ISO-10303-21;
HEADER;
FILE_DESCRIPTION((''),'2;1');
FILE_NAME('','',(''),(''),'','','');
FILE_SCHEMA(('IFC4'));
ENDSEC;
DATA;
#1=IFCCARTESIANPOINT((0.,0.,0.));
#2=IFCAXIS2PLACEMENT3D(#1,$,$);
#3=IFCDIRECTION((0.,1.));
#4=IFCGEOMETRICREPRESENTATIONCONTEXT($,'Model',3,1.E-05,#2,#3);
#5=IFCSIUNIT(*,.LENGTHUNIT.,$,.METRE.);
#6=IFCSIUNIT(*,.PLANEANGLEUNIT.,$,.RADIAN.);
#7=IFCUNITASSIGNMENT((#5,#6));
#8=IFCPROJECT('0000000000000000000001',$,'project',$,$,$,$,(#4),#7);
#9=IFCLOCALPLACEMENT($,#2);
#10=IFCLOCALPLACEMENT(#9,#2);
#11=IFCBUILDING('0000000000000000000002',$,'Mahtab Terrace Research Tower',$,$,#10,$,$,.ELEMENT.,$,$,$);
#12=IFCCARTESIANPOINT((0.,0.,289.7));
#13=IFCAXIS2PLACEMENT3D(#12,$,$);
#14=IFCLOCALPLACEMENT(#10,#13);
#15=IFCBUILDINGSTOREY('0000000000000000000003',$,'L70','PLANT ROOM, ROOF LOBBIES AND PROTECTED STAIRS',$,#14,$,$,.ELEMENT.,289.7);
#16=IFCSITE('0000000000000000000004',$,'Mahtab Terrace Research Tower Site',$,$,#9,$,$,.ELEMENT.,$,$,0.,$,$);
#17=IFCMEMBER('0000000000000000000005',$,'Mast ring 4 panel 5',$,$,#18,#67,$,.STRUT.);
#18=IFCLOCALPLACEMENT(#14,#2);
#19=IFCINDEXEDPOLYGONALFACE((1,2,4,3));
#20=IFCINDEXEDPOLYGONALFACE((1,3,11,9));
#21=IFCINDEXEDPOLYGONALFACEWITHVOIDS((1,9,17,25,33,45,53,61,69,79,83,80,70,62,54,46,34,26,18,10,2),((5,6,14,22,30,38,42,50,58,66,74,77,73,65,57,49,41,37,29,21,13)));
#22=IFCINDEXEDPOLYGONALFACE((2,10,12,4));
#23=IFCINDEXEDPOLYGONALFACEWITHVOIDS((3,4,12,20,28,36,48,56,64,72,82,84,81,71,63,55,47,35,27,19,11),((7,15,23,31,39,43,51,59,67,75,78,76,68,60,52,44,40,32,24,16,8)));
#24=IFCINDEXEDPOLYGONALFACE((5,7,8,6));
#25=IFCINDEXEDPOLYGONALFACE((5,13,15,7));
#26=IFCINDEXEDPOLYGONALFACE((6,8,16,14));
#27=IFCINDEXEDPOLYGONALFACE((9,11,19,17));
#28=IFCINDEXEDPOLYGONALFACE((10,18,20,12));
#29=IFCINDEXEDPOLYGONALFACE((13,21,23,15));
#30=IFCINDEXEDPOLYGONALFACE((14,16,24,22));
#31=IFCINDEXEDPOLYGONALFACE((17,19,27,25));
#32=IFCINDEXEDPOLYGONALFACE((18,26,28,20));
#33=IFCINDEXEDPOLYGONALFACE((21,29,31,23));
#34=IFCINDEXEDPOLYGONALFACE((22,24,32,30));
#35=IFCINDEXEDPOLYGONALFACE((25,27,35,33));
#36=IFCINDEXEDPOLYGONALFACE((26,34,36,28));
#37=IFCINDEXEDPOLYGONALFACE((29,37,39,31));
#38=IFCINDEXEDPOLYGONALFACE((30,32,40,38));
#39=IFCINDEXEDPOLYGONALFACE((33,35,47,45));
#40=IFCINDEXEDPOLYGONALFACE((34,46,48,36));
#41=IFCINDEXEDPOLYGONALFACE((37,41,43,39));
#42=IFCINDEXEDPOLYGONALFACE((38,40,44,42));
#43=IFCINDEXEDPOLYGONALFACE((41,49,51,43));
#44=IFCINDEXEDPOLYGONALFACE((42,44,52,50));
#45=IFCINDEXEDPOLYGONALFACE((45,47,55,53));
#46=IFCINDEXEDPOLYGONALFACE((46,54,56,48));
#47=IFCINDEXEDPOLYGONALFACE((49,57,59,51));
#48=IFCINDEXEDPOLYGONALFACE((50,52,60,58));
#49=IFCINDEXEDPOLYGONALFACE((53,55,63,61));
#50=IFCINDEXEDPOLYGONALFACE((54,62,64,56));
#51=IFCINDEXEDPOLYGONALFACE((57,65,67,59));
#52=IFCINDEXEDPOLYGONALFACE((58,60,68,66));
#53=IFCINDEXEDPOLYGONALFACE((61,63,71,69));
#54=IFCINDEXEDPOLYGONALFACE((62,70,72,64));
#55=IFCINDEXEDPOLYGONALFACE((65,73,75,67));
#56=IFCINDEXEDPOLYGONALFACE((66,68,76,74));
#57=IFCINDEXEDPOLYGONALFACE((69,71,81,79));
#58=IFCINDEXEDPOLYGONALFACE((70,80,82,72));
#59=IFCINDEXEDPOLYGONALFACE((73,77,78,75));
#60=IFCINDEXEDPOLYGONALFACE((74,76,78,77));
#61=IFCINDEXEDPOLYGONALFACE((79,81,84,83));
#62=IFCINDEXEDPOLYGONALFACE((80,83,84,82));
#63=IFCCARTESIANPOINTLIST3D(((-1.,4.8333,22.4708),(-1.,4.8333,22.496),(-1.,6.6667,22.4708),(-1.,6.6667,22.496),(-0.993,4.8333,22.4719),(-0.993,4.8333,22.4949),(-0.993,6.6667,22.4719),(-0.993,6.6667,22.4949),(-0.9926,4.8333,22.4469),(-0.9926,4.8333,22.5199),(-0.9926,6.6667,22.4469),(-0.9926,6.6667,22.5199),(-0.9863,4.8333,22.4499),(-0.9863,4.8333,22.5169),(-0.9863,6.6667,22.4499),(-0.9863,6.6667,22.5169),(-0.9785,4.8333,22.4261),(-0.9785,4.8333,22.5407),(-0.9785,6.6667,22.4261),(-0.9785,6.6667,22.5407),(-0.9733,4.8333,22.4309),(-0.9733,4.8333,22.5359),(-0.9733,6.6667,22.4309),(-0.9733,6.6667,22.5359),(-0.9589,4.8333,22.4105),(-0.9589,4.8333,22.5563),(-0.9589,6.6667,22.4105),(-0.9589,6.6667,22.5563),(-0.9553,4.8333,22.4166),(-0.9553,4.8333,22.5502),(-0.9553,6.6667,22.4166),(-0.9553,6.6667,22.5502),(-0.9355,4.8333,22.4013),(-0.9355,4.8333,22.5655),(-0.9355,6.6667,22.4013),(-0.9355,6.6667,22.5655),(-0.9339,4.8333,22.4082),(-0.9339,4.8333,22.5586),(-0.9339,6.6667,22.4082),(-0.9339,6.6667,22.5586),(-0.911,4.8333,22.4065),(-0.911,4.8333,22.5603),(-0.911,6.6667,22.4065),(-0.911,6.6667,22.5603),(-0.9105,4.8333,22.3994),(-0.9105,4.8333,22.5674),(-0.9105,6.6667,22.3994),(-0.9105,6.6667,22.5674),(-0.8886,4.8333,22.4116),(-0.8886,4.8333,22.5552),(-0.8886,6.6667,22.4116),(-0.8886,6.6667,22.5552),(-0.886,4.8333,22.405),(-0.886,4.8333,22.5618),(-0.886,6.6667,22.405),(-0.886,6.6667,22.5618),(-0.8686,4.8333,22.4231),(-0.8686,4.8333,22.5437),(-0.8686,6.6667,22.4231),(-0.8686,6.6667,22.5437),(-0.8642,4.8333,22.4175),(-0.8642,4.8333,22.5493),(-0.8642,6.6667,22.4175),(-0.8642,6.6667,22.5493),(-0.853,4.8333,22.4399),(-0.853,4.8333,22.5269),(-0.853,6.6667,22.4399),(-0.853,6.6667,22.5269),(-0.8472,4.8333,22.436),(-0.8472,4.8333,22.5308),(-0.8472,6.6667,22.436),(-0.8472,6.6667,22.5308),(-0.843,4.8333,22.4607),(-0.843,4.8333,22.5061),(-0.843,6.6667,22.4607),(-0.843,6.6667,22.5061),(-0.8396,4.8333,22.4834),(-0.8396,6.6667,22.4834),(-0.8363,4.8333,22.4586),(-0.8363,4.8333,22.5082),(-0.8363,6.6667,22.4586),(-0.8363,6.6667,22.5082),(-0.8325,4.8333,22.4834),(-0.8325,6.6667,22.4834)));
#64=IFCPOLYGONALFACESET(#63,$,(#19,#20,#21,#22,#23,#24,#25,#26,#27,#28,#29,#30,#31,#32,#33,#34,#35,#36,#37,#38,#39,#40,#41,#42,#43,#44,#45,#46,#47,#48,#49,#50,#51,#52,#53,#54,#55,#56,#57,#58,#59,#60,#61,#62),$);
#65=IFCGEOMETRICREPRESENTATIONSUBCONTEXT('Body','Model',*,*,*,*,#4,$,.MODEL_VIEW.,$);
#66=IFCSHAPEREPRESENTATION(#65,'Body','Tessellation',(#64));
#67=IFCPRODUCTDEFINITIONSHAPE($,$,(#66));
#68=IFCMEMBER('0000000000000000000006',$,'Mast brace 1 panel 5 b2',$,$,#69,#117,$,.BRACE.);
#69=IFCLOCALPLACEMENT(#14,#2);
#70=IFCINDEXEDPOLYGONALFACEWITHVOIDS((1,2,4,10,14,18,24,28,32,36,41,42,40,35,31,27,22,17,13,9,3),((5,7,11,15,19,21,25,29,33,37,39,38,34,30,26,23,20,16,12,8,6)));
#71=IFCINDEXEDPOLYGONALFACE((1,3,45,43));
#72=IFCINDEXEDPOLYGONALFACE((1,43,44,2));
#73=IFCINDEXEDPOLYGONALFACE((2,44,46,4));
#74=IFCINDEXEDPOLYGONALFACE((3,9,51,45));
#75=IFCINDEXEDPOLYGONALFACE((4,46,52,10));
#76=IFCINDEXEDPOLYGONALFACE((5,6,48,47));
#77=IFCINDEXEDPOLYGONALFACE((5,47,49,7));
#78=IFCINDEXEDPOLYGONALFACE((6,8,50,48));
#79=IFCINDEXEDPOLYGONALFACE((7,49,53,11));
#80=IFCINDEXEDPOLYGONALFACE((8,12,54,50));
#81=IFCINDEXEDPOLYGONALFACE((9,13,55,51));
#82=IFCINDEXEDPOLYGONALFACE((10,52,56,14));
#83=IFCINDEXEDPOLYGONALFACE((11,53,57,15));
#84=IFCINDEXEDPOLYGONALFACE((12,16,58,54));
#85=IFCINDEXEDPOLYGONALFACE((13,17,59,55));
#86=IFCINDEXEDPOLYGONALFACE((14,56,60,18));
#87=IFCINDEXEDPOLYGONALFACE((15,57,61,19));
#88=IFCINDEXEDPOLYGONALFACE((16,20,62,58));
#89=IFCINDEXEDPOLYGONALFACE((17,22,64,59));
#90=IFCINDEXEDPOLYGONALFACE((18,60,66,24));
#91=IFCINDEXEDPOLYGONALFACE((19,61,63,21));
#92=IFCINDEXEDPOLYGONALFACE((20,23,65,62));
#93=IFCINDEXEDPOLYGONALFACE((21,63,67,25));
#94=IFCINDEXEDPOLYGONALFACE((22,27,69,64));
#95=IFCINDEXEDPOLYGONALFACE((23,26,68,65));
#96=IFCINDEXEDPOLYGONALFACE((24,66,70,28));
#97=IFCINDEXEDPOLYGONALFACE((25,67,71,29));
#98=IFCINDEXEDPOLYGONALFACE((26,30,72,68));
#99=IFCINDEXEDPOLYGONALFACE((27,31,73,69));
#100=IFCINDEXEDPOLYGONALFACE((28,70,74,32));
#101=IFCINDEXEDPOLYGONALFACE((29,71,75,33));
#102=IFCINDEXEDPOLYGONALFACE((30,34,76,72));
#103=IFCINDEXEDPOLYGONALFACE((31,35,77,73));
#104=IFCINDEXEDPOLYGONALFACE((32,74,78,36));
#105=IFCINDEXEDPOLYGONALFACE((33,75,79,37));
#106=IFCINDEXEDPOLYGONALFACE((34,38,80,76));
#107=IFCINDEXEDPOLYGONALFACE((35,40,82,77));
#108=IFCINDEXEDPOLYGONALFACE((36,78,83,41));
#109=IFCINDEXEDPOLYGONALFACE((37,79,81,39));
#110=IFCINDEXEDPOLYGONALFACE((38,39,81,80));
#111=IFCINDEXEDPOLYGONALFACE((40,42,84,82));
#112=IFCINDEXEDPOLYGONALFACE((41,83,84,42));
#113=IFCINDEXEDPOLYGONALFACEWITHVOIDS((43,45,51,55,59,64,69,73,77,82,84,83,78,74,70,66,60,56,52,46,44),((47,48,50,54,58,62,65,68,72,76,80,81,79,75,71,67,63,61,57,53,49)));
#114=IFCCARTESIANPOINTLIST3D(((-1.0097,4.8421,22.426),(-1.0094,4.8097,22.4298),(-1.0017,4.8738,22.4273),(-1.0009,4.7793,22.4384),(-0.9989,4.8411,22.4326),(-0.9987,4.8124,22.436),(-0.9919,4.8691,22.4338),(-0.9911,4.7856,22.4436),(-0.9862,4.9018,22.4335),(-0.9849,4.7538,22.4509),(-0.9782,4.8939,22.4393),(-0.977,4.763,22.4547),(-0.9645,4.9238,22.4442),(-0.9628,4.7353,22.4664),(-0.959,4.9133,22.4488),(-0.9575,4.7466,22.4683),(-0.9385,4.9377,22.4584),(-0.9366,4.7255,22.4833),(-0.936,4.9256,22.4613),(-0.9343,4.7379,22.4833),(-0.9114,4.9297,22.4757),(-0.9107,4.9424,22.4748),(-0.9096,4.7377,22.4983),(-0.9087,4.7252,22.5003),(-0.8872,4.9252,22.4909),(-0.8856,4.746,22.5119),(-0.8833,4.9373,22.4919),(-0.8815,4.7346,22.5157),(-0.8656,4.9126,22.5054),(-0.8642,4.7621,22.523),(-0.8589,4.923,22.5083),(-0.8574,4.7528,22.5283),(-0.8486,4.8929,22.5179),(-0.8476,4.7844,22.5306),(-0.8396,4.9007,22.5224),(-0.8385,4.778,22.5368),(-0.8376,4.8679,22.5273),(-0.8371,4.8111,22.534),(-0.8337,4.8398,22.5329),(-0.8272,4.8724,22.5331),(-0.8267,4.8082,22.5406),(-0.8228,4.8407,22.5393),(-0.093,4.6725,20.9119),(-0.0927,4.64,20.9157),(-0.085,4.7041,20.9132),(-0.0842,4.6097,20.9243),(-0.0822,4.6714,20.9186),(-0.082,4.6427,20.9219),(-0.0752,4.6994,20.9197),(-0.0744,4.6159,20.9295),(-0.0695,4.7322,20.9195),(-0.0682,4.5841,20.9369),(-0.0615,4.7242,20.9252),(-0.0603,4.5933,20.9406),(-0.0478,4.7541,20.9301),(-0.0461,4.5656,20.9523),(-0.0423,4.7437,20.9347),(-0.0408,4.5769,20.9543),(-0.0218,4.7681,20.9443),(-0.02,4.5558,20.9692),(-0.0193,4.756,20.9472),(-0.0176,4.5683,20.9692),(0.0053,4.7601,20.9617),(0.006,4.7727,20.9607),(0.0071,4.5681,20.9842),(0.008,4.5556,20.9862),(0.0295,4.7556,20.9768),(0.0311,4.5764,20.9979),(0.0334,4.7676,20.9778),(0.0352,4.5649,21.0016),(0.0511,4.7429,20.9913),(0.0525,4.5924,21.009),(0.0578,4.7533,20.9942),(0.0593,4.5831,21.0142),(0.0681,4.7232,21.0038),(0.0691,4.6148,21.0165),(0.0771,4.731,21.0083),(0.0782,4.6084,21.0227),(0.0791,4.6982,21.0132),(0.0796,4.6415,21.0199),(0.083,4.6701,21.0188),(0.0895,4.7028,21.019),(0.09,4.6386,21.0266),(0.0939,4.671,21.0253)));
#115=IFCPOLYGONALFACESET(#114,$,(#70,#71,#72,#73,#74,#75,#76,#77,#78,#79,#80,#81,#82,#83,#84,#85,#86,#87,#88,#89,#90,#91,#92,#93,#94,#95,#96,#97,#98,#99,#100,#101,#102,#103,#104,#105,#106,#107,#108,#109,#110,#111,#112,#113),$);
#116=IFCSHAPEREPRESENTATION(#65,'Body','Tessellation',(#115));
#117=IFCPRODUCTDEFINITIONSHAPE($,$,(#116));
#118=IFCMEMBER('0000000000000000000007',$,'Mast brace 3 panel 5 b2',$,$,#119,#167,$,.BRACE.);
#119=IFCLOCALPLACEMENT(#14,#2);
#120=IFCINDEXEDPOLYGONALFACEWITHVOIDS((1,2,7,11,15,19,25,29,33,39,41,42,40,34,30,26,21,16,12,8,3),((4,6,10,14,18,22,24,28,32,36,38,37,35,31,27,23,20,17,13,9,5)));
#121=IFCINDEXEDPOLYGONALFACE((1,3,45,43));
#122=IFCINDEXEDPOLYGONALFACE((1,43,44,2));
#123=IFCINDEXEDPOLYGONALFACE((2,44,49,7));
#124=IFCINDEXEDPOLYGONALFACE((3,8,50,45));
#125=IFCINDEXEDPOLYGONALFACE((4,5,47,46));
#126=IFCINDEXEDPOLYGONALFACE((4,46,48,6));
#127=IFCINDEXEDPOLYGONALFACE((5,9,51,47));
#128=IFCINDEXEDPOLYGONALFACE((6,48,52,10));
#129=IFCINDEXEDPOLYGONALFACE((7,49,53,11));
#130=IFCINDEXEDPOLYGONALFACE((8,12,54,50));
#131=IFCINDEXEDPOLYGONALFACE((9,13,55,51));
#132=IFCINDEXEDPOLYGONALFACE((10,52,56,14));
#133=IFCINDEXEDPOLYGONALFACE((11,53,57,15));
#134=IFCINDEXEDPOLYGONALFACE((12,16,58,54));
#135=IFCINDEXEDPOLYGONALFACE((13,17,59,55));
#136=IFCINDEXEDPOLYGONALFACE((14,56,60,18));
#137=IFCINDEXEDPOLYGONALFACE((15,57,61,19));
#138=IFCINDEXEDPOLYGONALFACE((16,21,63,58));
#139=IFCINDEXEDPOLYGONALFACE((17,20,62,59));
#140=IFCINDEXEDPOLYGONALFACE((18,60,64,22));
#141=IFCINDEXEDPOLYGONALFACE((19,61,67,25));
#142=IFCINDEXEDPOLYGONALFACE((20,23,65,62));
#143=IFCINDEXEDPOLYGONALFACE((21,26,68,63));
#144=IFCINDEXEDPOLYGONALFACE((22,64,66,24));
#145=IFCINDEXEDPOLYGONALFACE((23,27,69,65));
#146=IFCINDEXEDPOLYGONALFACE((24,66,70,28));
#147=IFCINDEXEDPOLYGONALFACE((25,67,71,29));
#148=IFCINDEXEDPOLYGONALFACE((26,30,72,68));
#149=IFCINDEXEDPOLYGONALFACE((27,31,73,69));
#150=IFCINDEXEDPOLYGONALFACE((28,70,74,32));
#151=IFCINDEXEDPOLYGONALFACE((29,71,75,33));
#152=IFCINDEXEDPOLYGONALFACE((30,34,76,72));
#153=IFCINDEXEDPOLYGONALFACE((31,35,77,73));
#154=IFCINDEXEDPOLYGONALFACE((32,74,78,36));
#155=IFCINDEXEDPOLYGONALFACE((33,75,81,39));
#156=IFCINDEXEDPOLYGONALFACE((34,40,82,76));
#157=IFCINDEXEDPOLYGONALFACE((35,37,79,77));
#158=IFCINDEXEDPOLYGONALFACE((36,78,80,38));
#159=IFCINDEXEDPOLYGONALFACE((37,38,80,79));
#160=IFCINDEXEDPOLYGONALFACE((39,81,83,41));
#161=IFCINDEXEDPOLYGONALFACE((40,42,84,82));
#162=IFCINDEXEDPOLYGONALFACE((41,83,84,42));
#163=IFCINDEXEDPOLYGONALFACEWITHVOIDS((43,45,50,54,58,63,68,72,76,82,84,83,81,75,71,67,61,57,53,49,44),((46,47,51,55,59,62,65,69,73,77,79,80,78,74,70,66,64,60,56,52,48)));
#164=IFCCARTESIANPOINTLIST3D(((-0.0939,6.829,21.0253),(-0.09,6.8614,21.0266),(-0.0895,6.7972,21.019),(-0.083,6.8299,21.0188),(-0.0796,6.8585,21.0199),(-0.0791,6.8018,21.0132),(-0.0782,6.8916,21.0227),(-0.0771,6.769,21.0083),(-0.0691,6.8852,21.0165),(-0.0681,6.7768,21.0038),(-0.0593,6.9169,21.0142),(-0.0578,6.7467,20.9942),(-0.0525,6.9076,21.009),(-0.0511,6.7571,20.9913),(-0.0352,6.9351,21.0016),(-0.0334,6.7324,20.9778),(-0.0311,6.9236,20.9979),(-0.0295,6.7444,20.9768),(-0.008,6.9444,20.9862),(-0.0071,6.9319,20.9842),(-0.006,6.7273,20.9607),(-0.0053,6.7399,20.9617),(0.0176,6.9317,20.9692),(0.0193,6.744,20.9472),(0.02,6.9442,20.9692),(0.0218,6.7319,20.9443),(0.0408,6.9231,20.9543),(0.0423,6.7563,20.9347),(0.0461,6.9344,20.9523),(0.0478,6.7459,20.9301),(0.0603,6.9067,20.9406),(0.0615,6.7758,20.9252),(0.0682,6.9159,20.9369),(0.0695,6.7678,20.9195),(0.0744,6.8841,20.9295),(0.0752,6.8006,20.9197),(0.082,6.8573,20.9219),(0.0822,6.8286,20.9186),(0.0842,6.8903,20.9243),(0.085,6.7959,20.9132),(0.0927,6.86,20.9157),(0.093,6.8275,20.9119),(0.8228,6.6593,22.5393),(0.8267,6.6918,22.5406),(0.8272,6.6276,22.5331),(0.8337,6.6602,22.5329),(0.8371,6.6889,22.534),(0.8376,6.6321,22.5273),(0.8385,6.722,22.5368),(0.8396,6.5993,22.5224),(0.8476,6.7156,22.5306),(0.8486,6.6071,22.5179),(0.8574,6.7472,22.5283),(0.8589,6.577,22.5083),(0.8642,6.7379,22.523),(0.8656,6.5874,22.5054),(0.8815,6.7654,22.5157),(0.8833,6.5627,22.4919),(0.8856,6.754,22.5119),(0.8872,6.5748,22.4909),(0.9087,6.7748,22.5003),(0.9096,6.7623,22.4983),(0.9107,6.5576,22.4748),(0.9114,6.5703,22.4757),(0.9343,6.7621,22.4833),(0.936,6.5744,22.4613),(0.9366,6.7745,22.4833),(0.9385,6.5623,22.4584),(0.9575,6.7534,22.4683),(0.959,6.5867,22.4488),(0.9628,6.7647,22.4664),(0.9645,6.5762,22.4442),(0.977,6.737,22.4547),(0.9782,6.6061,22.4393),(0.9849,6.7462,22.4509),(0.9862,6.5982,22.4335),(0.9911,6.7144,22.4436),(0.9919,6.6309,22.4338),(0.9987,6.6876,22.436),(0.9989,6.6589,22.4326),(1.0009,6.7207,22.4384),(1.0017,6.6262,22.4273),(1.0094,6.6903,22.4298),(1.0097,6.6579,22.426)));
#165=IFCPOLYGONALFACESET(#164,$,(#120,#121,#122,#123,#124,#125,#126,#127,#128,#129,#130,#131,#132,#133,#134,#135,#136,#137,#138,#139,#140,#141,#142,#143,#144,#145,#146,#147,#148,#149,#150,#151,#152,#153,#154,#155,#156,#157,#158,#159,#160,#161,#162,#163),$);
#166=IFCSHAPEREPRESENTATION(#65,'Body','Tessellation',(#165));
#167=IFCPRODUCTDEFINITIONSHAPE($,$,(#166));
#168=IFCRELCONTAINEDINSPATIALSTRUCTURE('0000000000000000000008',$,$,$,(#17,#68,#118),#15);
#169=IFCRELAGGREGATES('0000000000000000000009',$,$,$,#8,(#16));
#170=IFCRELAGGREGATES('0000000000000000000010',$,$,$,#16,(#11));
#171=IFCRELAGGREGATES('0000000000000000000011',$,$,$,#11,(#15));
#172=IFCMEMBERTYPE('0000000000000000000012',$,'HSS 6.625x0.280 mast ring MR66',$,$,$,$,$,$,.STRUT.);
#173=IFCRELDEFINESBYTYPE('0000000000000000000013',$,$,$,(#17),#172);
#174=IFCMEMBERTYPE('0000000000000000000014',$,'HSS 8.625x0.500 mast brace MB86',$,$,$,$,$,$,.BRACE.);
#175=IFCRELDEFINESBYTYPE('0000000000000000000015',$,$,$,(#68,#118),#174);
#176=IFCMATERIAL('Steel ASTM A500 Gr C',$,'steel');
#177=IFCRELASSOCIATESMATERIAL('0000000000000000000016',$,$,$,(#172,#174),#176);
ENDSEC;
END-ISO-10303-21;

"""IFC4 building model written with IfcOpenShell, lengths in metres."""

from ifc_helpers import new_model, si_unit, direction, frame, origin, origin_2d, place, context, subcontext, project, spatial, hollow_circle, extrude, material, material_profile, profile_set, type_object, element, save


model = new_model("IFC4")

# Units and contexts
model_context = context("Model", 3, precision=1e-05, world=origin(), true_north=direction((0.0, 1.0)))
body_context = subcontext(model_context, "Body", "Model", "MODEL_VIEW")
ifc_project = project(units=[si_unit("LENGTHUNIT", "METRE"), si_unit("PLANEANGLEUNIT", "RADIAN")], contexts=[model_context])

# Site, building, storey
site_placement = place(None, origin())
site = spatial("IfcSite", under=ifc_project, at=site_placement, Name="Mahtab Terrace Research Tower Site", CompositionType="ELEMENT", RefElevation=0.0)
building_placement = place(site_placement, origin())
building = spatial("IfcBuilding", under=site, at=building_placement, Name="Mahtab Terrace Research Tower", CompositionType="ELEMENT")
storey_placement = place(building_placement, frame((0.0, 0.0, 289.7)))
storey = spatial("IfcBuildingStorey", under=building, at=storey_placement, Name="L70", Description="PLANT ROOM, ROOF LOBBIES AND PROTECTED STAIRS", CompositionType="ELEMENT", Elevation=289.7)

# Members
ifc_material_1 = material(Name="Steel ASTM A500 Gr C", Category="steel")
ifc_material_profile_1 = material_profile(ifc_material_1, hollow_circle(Radius=0.0842, WallThickness=0.0071, at=origin_2d()), Name="HSS6.625X0.280")
ifc_profile_set_1 = profile_set([ifc_material_profile_1], Name="Steel ASTM A500 Gr C")
member_type_1 = type_object("IfcMemberType", Name="HSS 6.625x0.280 mast ring MR66", PredefinedType="STRUT", material=ifc_profile_set_1)
for number, where, z_axis, x_axis, name in (
    (1, (-0.9167, 6.6667, 22.4834), (0.0, -1.0, 0.0), (1.0, 0.0, 0.0), "Mast ring 4 panel 5"),
):
    element("IfcMember", number, at=place(storey_placement, frame(where, z_axis=z_axis, x_axis=x_axis)), inside=storey, type_object=member_type_1, Name=name, PredefinedType="STRUT", context=body_context, shape_type="SweptSolid", body=[
        extrude(hollow_circle(Radius=0.0842, WallThickness=0.0071, at=origin_2d()), origin(), (0.0, 0.0, 1.0), 1.8335),
    ])
ifc_material_profile_2 = material_profile(ifc_material_1, hollow_circle(Radius=0.1096, WallThickness=0.0127, at=origin_2d()), Name="HSS8.625X0.500")
ifc_profile_set_2 = profile_set([ifc_material_profile_2], Name="Steel ASTM A500 Gr C")
member_type_2 = type_object("IfcMemberType", Name="HSS 8.625x0.500 mast brace MB86", PredefinedType="BRACE", material=ifc_profile_set_2)
for number, where, z_axis, x_axis, name in (
    (2, (0.0, 4.6636, 20.9692), (-0.515556, 0.095423, 0.851526), (-0.181995, -0.983299, 0.0), "Mast brace 1 panel 5 b2"),
    (3, (0.0, 6.8364, 20.9692), (0.515556, -0.095423, 0.851526), (0.181995, 0.983299, 0.0), "Mast brace 3 panel 5 b2"),
):
    element("IfcMember", number, at=place(storey_placement, frame(where, z_axis=z_axis, x_axis=x_axis)), inside=storey, type_object=member_type_2, Name=name, PredefinedType="BRACE", context=body_context, shape_type="SweptSolid", body=[
        extrude(hollow_circle(Radius=0.1096, WallThickness=0.0127, at=origin_2d()), origin(), (0.0, 0.0, 1.0), 1.7781),
    ])

save(model, "model.ifc")
